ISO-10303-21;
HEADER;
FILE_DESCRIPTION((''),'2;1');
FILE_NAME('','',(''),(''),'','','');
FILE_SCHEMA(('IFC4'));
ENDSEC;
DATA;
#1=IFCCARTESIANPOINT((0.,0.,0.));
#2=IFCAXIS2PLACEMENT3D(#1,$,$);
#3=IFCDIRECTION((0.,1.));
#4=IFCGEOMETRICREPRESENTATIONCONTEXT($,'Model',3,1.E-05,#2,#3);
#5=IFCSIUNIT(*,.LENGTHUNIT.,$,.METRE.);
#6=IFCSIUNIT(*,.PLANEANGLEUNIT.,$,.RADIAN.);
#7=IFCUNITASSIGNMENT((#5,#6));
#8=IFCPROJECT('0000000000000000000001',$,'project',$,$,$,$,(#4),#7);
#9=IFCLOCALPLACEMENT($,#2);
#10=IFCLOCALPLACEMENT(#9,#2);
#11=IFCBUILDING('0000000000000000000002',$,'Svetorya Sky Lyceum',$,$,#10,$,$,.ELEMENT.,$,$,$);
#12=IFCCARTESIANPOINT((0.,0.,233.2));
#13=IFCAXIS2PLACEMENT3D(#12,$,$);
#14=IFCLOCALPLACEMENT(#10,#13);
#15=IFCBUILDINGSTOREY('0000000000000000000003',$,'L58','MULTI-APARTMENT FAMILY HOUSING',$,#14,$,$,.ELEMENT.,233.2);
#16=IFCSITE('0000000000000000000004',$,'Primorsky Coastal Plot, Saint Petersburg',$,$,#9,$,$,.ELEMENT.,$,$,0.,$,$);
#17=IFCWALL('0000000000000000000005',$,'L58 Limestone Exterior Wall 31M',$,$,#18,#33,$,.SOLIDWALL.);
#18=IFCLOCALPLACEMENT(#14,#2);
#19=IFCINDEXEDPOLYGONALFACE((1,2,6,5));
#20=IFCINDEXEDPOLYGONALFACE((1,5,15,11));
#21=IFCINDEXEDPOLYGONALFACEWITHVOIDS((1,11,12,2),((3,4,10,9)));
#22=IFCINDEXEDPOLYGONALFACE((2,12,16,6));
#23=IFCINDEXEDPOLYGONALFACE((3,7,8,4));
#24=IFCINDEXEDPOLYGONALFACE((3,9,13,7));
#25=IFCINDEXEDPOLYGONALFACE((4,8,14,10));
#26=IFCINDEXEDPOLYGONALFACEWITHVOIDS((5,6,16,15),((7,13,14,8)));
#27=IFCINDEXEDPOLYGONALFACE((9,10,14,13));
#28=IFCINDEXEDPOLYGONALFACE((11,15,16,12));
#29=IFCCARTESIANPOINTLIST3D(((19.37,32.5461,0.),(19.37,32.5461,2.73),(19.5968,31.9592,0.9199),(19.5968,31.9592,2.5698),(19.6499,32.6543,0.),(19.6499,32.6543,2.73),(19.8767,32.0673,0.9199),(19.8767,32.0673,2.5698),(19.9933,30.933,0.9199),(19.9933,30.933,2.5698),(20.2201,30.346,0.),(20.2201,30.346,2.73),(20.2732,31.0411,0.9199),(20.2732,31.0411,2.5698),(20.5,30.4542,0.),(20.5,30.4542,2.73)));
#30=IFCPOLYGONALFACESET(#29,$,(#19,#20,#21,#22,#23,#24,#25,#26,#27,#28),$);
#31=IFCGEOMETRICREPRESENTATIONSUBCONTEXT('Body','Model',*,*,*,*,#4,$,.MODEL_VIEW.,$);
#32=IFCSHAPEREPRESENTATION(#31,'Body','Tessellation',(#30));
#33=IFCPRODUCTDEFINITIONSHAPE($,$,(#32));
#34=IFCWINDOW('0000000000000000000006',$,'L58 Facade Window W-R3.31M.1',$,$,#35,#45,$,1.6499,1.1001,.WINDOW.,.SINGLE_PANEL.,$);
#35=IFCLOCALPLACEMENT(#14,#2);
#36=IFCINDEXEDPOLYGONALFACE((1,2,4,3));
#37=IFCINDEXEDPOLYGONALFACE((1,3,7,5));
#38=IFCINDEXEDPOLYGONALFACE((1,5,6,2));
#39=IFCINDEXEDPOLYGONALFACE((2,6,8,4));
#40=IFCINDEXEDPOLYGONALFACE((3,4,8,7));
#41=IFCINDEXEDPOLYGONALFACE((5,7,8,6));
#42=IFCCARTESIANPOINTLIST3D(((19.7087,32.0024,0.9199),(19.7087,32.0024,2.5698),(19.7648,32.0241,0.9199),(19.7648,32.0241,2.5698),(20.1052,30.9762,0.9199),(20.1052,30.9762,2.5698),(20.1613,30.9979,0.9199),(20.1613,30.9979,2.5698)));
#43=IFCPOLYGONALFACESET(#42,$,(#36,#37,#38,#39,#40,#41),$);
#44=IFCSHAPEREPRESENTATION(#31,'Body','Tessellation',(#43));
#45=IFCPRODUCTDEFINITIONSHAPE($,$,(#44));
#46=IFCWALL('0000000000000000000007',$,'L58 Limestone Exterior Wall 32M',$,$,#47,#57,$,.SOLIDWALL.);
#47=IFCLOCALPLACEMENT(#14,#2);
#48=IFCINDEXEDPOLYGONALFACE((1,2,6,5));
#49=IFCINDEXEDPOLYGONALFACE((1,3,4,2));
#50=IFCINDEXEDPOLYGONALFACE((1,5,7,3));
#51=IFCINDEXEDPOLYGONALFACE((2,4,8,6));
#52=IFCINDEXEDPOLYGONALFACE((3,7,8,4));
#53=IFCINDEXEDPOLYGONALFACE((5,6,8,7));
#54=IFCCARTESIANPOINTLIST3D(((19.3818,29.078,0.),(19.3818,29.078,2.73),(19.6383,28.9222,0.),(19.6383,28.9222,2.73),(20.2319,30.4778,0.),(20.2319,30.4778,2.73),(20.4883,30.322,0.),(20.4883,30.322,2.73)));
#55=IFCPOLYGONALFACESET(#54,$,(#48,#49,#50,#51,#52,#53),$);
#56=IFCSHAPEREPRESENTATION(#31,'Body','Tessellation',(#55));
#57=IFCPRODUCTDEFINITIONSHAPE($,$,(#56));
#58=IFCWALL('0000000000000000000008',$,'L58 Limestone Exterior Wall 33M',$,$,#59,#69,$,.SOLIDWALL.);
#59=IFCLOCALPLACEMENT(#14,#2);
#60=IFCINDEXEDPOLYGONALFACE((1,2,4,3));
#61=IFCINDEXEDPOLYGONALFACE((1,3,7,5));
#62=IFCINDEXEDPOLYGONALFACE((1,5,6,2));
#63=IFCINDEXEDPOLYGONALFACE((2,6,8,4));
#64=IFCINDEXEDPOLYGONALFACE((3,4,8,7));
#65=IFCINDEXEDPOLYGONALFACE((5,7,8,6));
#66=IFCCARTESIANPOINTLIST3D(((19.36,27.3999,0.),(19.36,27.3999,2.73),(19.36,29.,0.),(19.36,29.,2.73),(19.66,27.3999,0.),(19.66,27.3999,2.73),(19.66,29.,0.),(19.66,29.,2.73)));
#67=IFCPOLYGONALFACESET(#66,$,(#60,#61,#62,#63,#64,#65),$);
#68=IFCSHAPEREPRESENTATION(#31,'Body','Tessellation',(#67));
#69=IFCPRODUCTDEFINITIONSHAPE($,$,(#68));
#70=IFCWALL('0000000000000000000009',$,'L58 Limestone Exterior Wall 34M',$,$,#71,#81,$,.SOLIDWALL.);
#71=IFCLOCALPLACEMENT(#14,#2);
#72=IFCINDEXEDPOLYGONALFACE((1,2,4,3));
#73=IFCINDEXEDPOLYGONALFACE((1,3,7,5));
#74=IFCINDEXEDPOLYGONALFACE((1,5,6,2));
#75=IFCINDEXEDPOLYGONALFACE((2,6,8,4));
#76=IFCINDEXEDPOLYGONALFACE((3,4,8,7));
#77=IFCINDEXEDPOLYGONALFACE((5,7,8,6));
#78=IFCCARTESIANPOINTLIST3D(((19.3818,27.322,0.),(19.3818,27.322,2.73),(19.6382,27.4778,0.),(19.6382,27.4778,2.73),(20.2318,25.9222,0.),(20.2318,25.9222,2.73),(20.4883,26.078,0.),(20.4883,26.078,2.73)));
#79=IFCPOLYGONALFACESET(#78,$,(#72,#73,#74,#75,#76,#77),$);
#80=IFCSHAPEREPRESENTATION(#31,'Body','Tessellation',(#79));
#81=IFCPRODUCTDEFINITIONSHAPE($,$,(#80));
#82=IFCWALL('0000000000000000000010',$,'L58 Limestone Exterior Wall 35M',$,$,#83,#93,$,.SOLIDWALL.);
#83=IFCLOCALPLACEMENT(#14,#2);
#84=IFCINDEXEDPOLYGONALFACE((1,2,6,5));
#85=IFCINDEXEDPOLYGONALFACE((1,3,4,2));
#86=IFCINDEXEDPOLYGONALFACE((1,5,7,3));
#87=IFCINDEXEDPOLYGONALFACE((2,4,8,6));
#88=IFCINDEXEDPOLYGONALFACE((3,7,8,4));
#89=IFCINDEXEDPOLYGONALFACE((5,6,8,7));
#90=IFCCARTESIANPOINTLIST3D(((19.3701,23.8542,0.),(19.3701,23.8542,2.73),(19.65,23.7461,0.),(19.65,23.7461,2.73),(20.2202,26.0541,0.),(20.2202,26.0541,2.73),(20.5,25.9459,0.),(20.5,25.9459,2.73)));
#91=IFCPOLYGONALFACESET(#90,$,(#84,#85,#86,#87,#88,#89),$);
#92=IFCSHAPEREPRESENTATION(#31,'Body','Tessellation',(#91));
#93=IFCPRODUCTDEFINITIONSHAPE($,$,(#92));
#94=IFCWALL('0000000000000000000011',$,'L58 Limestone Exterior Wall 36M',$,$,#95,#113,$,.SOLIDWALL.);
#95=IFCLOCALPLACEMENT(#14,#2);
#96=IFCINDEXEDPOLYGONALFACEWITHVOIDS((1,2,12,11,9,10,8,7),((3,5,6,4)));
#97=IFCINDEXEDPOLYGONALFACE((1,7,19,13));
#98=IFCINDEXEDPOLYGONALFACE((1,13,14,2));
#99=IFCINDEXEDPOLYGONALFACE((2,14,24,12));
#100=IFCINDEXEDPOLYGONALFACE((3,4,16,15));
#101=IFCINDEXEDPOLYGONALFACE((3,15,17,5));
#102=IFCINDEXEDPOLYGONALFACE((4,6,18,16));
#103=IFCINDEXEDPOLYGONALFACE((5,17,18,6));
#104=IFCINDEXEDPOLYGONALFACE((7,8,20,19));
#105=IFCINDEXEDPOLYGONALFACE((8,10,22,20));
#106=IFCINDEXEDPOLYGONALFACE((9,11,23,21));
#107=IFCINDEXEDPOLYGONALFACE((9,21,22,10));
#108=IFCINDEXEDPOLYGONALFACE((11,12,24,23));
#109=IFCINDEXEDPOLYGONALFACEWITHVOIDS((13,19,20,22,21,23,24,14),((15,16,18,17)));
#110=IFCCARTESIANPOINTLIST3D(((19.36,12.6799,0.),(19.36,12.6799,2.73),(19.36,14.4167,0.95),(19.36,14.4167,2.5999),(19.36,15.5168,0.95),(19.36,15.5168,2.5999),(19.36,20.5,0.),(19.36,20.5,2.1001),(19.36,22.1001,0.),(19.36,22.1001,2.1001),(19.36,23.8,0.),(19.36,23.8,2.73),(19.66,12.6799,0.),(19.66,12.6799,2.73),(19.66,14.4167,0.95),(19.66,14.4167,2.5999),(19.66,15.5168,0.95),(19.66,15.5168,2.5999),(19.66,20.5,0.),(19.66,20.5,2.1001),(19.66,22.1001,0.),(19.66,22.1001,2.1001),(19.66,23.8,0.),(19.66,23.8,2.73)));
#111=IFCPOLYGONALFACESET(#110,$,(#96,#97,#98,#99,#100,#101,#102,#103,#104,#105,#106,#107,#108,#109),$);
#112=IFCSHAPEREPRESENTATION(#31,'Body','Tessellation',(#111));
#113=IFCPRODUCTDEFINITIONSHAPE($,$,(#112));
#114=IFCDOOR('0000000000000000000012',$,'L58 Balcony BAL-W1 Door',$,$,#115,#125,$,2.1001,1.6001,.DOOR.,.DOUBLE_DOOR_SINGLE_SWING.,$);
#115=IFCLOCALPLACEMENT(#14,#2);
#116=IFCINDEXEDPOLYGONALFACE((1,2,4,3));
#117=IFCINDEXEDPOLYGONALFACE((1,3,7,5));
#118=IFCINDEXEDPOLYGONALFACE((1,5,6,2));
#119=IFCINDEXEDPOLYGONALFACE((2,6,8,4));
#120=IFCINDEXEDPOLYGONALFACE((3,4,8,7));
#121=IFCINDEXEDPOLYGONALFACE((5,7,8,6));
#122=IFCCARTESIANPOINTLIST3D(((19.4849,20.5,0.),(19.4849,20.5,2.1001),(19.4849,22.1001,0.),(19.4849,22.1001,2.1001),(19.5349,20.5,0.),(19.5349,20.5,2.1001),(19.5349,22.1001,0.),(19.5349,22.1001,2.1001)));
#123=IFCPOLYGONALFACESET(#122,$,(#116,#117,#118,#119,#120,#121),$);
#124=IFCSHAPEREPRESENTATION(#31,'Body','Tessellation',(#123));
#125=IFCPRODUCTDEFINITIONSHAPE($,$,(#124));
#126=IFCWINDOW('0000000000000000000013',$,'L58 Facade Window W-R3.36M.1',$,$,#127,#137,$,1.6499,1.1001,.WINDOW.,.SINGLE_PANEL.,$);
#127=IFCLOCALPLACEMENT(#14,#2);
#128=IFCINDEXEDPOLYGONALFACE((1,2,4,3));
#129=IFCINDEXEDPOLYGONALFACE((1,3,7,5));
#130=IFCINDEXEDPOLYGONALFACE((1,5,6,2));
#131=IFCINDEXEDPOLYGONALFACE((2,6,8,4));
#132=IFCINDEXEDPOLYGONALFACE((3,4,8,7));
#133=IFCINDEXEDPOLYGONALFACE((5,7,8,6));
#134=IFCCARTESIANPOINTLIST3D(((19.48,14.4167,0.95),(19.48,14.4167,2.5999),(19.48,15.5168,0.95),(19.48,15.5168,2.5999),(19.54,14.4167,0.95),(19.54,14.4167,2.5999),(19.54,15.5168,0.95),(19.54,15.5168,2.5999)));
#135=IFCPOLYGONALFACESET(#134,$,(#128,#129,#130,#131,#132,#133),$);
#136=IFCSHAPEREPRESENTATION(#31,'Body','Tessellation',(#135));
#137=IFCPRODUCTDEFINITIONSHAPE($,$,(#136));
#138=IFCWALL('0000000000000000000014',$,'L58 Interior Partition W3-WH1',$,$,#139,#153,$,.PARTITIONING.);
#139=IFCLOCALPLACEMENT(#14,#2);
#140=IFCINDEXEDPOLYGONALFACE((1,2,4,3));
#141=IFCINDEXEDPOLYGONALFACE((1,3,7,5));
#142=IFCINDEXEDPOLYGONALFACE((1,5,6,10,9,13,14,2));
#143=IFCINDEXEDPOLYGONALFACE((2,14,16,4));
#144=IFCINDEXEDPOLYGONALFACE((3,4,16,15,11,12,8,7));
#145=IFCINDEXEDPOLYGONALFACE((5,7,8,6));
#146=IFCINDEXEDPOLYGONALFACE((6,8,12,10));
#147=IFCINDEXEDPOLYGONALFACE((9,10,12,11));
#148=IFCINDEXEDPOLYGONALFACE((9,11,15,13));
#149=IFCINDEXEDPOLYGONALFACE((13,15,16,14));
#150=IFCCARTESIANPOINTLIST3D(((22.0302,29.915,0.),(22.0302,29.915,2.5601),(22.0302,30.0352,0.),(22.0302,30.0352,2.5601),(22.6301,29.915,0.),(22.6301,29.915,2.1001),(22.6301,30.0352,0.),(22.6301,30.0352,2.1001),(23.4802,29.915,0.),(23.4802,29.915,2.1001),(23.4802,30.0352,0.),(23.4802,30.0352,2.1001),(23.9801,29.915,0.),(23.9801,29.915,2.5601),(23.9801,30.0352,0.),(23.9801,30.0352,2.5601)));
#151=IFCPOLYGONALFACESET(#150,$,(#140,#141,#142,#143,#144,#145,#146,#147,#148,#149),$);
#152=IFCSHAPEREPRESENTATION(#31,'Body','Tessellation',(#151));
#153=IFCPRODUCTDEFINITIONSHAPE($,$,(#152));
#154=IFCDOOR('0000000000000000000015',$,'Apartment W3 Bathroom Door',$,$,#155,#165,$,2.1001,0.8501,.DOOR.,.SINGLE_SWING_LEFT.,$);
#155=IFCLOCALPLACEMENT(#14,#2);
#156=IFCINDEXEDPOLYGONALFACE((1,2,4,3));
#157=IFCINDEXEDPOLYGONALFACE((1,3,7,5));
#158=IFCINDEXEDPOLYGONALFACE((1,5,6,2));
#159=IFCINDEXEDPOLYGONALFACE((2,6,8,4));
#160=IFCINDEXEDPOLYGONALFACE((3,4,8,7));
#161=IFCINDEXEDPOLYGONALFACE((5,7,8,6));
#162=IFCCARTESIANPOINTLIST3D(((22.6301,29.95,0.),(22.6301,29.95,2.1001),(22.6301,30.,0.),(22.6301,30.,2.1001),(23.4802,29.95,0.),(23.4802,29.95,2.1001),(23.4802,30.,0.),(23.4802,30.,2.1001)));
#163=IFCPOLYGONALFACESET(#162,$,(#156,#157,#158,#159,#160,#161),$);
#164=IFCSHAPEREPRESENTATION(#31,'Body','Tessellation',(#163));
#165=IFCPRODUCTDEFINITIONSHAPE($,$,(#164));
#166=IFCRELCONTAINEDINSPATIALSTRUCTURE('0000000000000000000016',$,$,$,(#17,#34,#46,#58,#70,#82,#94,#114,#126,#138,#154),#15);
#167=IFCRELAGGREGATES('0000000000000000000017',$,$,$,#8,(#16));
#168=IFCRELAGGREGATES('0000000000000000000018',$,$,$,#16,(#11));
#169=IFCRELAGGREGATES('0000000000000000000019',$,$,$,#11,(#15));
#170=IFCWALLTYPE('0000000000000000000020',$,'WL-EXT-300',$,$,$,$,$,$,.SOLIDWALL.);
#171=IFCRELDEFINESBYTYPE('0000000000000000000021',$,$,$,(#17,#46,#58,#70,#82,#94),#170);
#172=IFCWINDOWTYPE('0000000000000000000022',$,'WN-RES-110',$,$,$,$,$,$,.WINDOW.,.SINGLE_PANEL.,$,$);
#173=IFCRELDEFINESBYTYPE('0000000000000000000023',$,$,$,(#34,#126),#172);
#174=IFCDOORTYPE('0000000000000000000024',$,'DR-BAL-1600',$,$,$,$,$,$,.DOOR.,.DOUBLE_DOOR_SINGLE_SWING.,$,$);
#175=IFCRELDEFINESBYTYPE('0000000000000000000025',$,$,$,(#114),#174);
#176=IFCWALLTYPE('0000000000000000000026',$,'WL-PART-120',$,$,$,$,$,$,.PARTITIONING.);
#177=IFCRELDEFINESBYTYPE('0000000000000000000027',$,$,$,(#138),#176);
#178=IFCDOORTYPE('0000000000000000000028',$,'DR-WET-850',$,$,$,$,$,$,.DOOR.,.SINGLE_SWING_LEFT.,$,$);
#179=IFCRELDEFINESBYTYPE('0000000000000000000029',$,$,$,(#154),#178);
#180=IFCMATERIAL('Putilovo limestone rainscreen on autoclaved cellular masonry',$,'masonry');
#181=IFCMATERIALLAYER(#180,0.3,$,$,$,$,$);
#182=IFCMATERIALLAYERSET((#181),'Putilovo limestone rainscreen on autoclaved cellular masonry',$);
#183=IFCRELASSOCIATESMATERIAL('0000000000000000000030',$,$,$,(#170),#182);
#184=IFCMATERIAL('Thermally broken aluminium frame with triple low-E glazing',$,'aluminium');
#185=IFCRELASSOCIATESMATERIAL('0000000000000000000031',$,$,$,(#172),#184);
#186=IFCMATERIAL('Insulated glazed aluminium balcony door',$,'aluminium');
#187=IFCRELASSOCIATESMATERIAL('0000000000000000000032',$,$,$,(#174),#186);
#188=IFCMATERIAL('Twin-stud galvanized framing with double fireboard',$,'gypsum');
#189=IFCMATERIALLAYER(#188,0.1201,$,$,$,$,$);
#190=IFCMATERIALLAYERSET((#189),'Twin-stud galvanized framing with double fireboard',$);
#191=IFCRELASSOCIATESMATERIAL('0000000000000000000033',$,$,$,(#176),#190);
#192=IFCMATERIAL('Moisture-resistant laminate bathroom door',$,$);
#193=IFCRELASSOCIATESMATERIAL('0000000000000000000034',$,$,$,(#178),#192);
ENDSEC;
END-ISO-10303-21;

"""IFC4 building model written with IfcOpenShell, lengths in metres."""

from ifc_helpers import new_model, si_unit, direction, frame, frame_2d, origin, place, context, subcontext, project, spatial, rectangle, extrude, material, layer, layer_set, type_object, element, fill, save


model = new_model("IFC4")

# Units and contexts
model_context = context("Model", 3, precision=1e-05, world=origin(), true_north=direction((0.0, 1.0)))
body_context = subcontext(model_context, "Body", "Model", "MODEL_VIEW")
ifc_project = project(units=[si_unit("LENGTHUNIT", "METRE"), si_unit("PLANEANGLEUNIT", "RADIAN")], contexts=[model_context])

# Site, building, storey
site_placement = place(None, origin())
site = spatial("IfcSite", under=ifc_project, at=site_placement, Name="Primorsky Coastal Plot, Saint Petersburg", CompositionType="ELEMENT", RefElevation=0.0)
building_placement = place(site_placement, origin())
building = spatial("IfcBuilding", under=site, at=building_placement, Name="Svetorya Sky Lyceum", CompositionType="ELEMENT")
storey_placement = place(building_placement, frame((0.0, 0.0, 233.2)))
storey = spatial("IfcBuildingStorey", under=building, at=storey_placement, Name="L58", Description="MULTI-APARTMENT FAMILY HOUSING", CompositionType="ELEMENT", Elevation=233.2)

# Wall, opening, window
ifc_material_1 = material(Name="Putilovo limestone rainscreen on autoclaved cellular masonry", Category="masonry")
ifc_layer_1 = layer(ifc_material_1, 0.3)
ifc_layer_set_1 = layer_set([ifc_layer_1], Name="Putilovo limestone rainscreen on autoclaved cellular masonry")
wall_type_1 = type_object("IfcWallType", Name="WL-EXT-300", PredefinedType="SOLIDWALL", material=ifc_layer_set_1)
wall_1_placement = place(storey_placement, frame((19.51, 32.6001, 0.0), z_axis=(0.0, 0.0, 1.0), x_axis=(0.360407, -0.932795, 0.0)))
wall_1 = element("IfcWall", 1, at=wall_1_placement, inside=storey, type_object=wall_type_1, Name="L58 Limestone Exterior Wall 31M", PredefinedType="SOLIDWALL", context=body_context, shape_type="SweptSolid", body=[
    extrude(rectangle(XDim=2.3586, YDim=0.3, at=frame_2d((1.1792, 0.0))), origin(), (0.0, 0.0, 1.0), 2.73),
])
opening_1_placement = place(wall_1_placement, frame((0.6292, 0.0, 0.9199)))
opening_1 = element("IfcOpeningElement", 2, at=opening_1_placement, cuts=wall_1, PredefinedType="OPENING", context=body_context, shape_type="SweptSolid", body=[
    extrude(rectangle(XDim=1.1001, YDim=1.6499, at=frame_2d((0.55, 0.825))), frame((0.0, 0.1599, 0.0), z_axis=(0.0, -1.0, 0.0), x_axis=(1.0, 0.0, 0.0)), (0.0, 0.0, 1.0), 0.3201),
])
ifc_material_2 = material(Name="Thermally broken aluminium frame with triple low-E glazing", Category="aluminium")
window_type = type_object("IfcWindowType", Name="WN-RES-110", PartitioningType="SINGLE_PANEL", PredefinedType="WINDOW", material=ifc_material_2)
window_1_placement = place(opening_1_placement, origin())
window_1 = element("IfcWindow", 3, at=window_1_placement, inside=storey, type_object=window_type, Name="L58 Facade Window W-R3.31M.1", OverallHeight=1.6499, OverallWidth=1.1001, PartitioningType="SINGLE_PANEL", PredefinedType="WINDOW", context=body_context, shape_type="SweptSolid", body=[
    extrude(rectangle(XDim=1.1001, YDim=1.6499, at=frame_2d((0.55, 0.825))), frame((0.0, 0.03, 0.0), z_axis=(0.0, -1.0, 0.0), x_axis=(1.0, 0.0, 0.0)), (0.0, 0.0, 1.0), 0.0601),
])
fill(opening_1, window_1)

# Walls
wall_2_placement = place(storey_placement, frame((20.3601, 30.3999, 0.0), z_axis=(0.0, 0.0, 1.0), x_axis=(-0.519048, -0.854745, 0.0)))
element("IfcWall", 4, at=wall_2_placement, inside=storey, type_object=wall_type_1, Name="L58 Limestone Exterior Wall 32M", PredefinedType="SOLIDWALL", context=body_context, shape_type="SweptSolid", body=[
    extrude(rectangle(XDim=1.6377, YDim=0.3, at=frame_2d((0.8188, 0.0))), origin(), (0.0, 0.0, 1.0), 2.73),
])
wall_3_placement = place(storey_placement, frame((19.51, 29.0, 0.0), z_axis=(0.0, 0.0, 1.0), x_axis=(0.0, -1.0, 0.0)))
element("IfcWall", 5, at=wall_3_placement, inside=storey, type_object=wall_type_1, Name="L58 Limestone Exterior Wall 33M", PredefinedType="SOLIDWALL", context=body_context, shape_type="SweptSolid", body=[
    extrude(rectangle(XDim=1.6001, YDim=0.3, at=frame_2d((0.8, 0.0))), origin(), (0.0, 0.0, 1.0), 2.73),
])
wall_4_placement = place(storey_placement, frame((19.51, 27.3999, 0.0), z_axis=(0.0, 0.0, 1.0), x_axis=(0.519048, -0.854745, 0.0)))
element("IfcWall", 6, at=wall_4_placement, inside=storey, type_object=wall_type_1, Name="L58 Limestone Exterior Wall 34M", PredefinedType="SOLIDWALL", context=body_context, shape_type="SweptSolid", body=[
    extrude(rectangle(XDim=1.6377, YDim=0.3, at=frame_2d((0.8188, 0.0))), origin(), (0.0, 0.0, 1.0), 2.73),
])
wall_5_placement = place(storey_placement, frame((20.3601, 26.0, 0.0), z_axis=(0.0, 0.0, 1.0), x_axis=(-0.360442, -0.932782, 0.0)))
element("IfcWall", 7, at=wall_5_placement, inside=storey, type_object=wall_type_1, Name="L58 Limestone Exterior Wall 35M", PredefinedType="SOLIDWALL", context=body_context, shape_type="SweptSolid", body=[
    extrude(rectangle(XDim=2.3584, YDim=0.3, at=frame_2d((1.1792, 0.0))), origin(), (0.0, 0.0, 1.0), 2.73),
])

# Wall, openings, door, window
wall_6_placement = place(storey_placement, frame((19.51, 23.8, 0.0), z_axis=(0.0, 0.0, 1.0), x_axis=(0.0, -1.0, 0.0)))
wall_6 = element("IfcWall", 8, at=wall_6_placement, inside=storey, type_object=wall_type_1, Name="L58 Limestone Exterior Wall 36M", PredefinedType="SOLIDWALL", context=body_context, shape_type="SweptSolid", body=[
    extrude(rectangle(XDim=11.1201, YDim=0.3, at=frame_2d((5.5601, 0.0))), origin(), (0.0, 0.0, 1.0), 2.73),
])
opening_2_placement = place(wall_6_placement, frame((1.7, 0.0, 0.0)))
opening_2 = element("IfcOpeningElement", 9, at=opening_2_placement, cuts=wall_6, PredefinedType="OPENING", context=body_context, shape_type="SweptSolid", body=[
    extrude(rectangle(XDim=1.6001, YDim=2.1001, at=frame_2d((0.8, 1.05))), frame((0.0, 0.1599, 0.0), z_axis=(0.0, -1.0, 0.0), x_axis=(1.0, 0.0, 0.0)), (0.0, 0.0, 1.0), 0.3201),
])
opening_3_placement = place(wall_6_placement, frame((8.2832, 0.0, 0.95)))
opening_3 = element("IfcOpeningElement", 10, at=opening_3_placement, cuts=wall_6, PredefinedType="OPENING", context=body_context, shape_type="SweptSolid", body=[
    extrude(rectangle(XDim=1.1001, YDim=1.6499, at=frame_2d((0.55, 0.825))), frame((0.0, 0.1599, 0.0), z_axis=(0.0, -1.0, 0.0), x_axis=(1.0, 0.0, 0.0)), (0.0, 0.0, 1.0), 0.3201),
])
ifc_material_3 = material(Name="Insulated glazed aluminium balcony door", Category="aluminium")
door_type_1 = type_object("IfcDoorType", Name="DR-BAL-1600", OperationType="DOUBLE_DOOR_SINGLE_SWING", PredefinedType="DOOR", material=ifc_material_3)
door_1_placement = place(opening_2_placement, origin())
door_1 = element("IfcDoor", 11, at=door_1_placement, inside=storey, type_object=door_type_1, Name="L58 Balcony BAL-W1 Door", OperationType="DOUBLE_DOOR_SINGLE_SWING", OverallHeight=2.1001, OverallWidth=1.6001, PredefinedType="DOOR", context=body_context, shape_type="SweptSolid", body=[
    extrude(rectangle(XDim=1.6001, YDim=2.1001, at=frame_2d((0.8, 1.05))), frame((0.0, 0.0249, 0.0), z_axis=(0.0, -1.0, 0.0), x_axis=(1.0, 0.0, 0.0)), (0.0, 0.0, 1.0), 0.05),
])
fill(opening_2, door_1)
window_2_placement = place(opening_3_placement, origin())
window_2 = element("IfcWindow", 12, at=window_2_placement, inside=storey, type_object=window_type, Name="L58 Facade Window W-R3.36M.1", OverallHeight=1.6499, OverallWidth=1.1001, PartitioningType="SINGLE_PANEL", PredefinedType="WINDOW", context=body_context, shape_type="SweptSolid", body=[
    extrude(rectangle(XDim=1.1001, YDim=1.6499, at=frame_2d((0.55, 0.825))), frame((0.0, 0.03, 0.0), z_axis=(0.0, -1.0, 0.0), x_axis=(1.0, 0.0, 0.0)), (0.0, 0.0, 1.0), 0.0601),
])
fill(opening_3, window_2)

# Wall, opening, door
ifc_material_4 = material(Name="Twin-stud galvanized framing with double fireboard", Category="gypsum")
ifc_layer_2 = layer(ifc_material_4, 0.1201)
ifc_layer_set_2 = layer_set([ifc_layer_2], Name="Twin-stud galvanized framing with double fireboard")
wall_type_2 = type_object("IfcWallType", Name="WL-PART-120", PredefinedType="PARTITIONING", material=ifc_layer_set_2)
wall_7_placement = place(storey_placement, frame((22.03, 29.9751, 0.0), z_axis=(0.0, 0.0, 1.0), x_axis=(1.0, 0.0, 0.0)))
wall_7 = element("IfcWall", 13, at=wall_7_placement, inside=storey, type_object=wall_type_2, Name="L58 Interior Partition W3-WH1", PredefinedType="PARTITIONING", context=body_context, shape_type="SweptSolid", body=[
    extrude(rectangle(XDim=1.95, YDim=0.1201, at=frame_2d((0.9751, 0.0))), origin(), (0.0, 0.0, 1.0), 2.5601),
])
opening_4_placement = place(wall_7_placement, frame((0.6001, 0.0, 0.0)))
opening_4 = element("IfcOpeningElement", 14, at=opening_4_placement, cuts=wall_7, PredefinedType="OPENING", context=body_context, shape_type="SweptSolid", body=[
    extrude(rectangle(XDim=0.8501, YDim=2.1001, at=frame_2d((0.425, 1.05))), frame((0.0, 0.0701, 0.0), z_axis=(0.0, -1.0, 0.0), x_axis=(1.0, 0.0, 0.0)), (0.0, 0.0, 1.0), 0.1401),
])
ifc_material_5 = material(Name="Moisture-resistant laminate bathroom door")
door_type_2 = type_object("IfcDoorType", Name="DR-WET-850", OperationType="SINGLE_SWING_LEFT", PredefinedType="DOOR", material=ifc_material_5)
door_2_placement = place(opening_4_placement, origin())
door_2 = element("IfcDoor", 15, at=door_2_placement, inside=storey, type_object=door_type_2, Name="Apartment W3 Bathroom Door", OperationType="SINGLE_SWING_LEFT", OverallHeight=2.1001, OverallWidth=0.8501, PredefinedType="DOOR", context=body_context, shape_type="SweptSolid", body=[
    extrude(rectangle(XDim=0.8501, YDim=2.1001, at=frame_2d((0.425, 1.05))), frame((0.0, 0.0249, 0.0), z_axis=(0.0, -1.0, 0.0), x_axis=(1.0, 0.0, 0.0)), (0.0, 0.0, 1.0), 0.05),
])
fill(opening_4, door_2)

save(model, "model.ifc")
